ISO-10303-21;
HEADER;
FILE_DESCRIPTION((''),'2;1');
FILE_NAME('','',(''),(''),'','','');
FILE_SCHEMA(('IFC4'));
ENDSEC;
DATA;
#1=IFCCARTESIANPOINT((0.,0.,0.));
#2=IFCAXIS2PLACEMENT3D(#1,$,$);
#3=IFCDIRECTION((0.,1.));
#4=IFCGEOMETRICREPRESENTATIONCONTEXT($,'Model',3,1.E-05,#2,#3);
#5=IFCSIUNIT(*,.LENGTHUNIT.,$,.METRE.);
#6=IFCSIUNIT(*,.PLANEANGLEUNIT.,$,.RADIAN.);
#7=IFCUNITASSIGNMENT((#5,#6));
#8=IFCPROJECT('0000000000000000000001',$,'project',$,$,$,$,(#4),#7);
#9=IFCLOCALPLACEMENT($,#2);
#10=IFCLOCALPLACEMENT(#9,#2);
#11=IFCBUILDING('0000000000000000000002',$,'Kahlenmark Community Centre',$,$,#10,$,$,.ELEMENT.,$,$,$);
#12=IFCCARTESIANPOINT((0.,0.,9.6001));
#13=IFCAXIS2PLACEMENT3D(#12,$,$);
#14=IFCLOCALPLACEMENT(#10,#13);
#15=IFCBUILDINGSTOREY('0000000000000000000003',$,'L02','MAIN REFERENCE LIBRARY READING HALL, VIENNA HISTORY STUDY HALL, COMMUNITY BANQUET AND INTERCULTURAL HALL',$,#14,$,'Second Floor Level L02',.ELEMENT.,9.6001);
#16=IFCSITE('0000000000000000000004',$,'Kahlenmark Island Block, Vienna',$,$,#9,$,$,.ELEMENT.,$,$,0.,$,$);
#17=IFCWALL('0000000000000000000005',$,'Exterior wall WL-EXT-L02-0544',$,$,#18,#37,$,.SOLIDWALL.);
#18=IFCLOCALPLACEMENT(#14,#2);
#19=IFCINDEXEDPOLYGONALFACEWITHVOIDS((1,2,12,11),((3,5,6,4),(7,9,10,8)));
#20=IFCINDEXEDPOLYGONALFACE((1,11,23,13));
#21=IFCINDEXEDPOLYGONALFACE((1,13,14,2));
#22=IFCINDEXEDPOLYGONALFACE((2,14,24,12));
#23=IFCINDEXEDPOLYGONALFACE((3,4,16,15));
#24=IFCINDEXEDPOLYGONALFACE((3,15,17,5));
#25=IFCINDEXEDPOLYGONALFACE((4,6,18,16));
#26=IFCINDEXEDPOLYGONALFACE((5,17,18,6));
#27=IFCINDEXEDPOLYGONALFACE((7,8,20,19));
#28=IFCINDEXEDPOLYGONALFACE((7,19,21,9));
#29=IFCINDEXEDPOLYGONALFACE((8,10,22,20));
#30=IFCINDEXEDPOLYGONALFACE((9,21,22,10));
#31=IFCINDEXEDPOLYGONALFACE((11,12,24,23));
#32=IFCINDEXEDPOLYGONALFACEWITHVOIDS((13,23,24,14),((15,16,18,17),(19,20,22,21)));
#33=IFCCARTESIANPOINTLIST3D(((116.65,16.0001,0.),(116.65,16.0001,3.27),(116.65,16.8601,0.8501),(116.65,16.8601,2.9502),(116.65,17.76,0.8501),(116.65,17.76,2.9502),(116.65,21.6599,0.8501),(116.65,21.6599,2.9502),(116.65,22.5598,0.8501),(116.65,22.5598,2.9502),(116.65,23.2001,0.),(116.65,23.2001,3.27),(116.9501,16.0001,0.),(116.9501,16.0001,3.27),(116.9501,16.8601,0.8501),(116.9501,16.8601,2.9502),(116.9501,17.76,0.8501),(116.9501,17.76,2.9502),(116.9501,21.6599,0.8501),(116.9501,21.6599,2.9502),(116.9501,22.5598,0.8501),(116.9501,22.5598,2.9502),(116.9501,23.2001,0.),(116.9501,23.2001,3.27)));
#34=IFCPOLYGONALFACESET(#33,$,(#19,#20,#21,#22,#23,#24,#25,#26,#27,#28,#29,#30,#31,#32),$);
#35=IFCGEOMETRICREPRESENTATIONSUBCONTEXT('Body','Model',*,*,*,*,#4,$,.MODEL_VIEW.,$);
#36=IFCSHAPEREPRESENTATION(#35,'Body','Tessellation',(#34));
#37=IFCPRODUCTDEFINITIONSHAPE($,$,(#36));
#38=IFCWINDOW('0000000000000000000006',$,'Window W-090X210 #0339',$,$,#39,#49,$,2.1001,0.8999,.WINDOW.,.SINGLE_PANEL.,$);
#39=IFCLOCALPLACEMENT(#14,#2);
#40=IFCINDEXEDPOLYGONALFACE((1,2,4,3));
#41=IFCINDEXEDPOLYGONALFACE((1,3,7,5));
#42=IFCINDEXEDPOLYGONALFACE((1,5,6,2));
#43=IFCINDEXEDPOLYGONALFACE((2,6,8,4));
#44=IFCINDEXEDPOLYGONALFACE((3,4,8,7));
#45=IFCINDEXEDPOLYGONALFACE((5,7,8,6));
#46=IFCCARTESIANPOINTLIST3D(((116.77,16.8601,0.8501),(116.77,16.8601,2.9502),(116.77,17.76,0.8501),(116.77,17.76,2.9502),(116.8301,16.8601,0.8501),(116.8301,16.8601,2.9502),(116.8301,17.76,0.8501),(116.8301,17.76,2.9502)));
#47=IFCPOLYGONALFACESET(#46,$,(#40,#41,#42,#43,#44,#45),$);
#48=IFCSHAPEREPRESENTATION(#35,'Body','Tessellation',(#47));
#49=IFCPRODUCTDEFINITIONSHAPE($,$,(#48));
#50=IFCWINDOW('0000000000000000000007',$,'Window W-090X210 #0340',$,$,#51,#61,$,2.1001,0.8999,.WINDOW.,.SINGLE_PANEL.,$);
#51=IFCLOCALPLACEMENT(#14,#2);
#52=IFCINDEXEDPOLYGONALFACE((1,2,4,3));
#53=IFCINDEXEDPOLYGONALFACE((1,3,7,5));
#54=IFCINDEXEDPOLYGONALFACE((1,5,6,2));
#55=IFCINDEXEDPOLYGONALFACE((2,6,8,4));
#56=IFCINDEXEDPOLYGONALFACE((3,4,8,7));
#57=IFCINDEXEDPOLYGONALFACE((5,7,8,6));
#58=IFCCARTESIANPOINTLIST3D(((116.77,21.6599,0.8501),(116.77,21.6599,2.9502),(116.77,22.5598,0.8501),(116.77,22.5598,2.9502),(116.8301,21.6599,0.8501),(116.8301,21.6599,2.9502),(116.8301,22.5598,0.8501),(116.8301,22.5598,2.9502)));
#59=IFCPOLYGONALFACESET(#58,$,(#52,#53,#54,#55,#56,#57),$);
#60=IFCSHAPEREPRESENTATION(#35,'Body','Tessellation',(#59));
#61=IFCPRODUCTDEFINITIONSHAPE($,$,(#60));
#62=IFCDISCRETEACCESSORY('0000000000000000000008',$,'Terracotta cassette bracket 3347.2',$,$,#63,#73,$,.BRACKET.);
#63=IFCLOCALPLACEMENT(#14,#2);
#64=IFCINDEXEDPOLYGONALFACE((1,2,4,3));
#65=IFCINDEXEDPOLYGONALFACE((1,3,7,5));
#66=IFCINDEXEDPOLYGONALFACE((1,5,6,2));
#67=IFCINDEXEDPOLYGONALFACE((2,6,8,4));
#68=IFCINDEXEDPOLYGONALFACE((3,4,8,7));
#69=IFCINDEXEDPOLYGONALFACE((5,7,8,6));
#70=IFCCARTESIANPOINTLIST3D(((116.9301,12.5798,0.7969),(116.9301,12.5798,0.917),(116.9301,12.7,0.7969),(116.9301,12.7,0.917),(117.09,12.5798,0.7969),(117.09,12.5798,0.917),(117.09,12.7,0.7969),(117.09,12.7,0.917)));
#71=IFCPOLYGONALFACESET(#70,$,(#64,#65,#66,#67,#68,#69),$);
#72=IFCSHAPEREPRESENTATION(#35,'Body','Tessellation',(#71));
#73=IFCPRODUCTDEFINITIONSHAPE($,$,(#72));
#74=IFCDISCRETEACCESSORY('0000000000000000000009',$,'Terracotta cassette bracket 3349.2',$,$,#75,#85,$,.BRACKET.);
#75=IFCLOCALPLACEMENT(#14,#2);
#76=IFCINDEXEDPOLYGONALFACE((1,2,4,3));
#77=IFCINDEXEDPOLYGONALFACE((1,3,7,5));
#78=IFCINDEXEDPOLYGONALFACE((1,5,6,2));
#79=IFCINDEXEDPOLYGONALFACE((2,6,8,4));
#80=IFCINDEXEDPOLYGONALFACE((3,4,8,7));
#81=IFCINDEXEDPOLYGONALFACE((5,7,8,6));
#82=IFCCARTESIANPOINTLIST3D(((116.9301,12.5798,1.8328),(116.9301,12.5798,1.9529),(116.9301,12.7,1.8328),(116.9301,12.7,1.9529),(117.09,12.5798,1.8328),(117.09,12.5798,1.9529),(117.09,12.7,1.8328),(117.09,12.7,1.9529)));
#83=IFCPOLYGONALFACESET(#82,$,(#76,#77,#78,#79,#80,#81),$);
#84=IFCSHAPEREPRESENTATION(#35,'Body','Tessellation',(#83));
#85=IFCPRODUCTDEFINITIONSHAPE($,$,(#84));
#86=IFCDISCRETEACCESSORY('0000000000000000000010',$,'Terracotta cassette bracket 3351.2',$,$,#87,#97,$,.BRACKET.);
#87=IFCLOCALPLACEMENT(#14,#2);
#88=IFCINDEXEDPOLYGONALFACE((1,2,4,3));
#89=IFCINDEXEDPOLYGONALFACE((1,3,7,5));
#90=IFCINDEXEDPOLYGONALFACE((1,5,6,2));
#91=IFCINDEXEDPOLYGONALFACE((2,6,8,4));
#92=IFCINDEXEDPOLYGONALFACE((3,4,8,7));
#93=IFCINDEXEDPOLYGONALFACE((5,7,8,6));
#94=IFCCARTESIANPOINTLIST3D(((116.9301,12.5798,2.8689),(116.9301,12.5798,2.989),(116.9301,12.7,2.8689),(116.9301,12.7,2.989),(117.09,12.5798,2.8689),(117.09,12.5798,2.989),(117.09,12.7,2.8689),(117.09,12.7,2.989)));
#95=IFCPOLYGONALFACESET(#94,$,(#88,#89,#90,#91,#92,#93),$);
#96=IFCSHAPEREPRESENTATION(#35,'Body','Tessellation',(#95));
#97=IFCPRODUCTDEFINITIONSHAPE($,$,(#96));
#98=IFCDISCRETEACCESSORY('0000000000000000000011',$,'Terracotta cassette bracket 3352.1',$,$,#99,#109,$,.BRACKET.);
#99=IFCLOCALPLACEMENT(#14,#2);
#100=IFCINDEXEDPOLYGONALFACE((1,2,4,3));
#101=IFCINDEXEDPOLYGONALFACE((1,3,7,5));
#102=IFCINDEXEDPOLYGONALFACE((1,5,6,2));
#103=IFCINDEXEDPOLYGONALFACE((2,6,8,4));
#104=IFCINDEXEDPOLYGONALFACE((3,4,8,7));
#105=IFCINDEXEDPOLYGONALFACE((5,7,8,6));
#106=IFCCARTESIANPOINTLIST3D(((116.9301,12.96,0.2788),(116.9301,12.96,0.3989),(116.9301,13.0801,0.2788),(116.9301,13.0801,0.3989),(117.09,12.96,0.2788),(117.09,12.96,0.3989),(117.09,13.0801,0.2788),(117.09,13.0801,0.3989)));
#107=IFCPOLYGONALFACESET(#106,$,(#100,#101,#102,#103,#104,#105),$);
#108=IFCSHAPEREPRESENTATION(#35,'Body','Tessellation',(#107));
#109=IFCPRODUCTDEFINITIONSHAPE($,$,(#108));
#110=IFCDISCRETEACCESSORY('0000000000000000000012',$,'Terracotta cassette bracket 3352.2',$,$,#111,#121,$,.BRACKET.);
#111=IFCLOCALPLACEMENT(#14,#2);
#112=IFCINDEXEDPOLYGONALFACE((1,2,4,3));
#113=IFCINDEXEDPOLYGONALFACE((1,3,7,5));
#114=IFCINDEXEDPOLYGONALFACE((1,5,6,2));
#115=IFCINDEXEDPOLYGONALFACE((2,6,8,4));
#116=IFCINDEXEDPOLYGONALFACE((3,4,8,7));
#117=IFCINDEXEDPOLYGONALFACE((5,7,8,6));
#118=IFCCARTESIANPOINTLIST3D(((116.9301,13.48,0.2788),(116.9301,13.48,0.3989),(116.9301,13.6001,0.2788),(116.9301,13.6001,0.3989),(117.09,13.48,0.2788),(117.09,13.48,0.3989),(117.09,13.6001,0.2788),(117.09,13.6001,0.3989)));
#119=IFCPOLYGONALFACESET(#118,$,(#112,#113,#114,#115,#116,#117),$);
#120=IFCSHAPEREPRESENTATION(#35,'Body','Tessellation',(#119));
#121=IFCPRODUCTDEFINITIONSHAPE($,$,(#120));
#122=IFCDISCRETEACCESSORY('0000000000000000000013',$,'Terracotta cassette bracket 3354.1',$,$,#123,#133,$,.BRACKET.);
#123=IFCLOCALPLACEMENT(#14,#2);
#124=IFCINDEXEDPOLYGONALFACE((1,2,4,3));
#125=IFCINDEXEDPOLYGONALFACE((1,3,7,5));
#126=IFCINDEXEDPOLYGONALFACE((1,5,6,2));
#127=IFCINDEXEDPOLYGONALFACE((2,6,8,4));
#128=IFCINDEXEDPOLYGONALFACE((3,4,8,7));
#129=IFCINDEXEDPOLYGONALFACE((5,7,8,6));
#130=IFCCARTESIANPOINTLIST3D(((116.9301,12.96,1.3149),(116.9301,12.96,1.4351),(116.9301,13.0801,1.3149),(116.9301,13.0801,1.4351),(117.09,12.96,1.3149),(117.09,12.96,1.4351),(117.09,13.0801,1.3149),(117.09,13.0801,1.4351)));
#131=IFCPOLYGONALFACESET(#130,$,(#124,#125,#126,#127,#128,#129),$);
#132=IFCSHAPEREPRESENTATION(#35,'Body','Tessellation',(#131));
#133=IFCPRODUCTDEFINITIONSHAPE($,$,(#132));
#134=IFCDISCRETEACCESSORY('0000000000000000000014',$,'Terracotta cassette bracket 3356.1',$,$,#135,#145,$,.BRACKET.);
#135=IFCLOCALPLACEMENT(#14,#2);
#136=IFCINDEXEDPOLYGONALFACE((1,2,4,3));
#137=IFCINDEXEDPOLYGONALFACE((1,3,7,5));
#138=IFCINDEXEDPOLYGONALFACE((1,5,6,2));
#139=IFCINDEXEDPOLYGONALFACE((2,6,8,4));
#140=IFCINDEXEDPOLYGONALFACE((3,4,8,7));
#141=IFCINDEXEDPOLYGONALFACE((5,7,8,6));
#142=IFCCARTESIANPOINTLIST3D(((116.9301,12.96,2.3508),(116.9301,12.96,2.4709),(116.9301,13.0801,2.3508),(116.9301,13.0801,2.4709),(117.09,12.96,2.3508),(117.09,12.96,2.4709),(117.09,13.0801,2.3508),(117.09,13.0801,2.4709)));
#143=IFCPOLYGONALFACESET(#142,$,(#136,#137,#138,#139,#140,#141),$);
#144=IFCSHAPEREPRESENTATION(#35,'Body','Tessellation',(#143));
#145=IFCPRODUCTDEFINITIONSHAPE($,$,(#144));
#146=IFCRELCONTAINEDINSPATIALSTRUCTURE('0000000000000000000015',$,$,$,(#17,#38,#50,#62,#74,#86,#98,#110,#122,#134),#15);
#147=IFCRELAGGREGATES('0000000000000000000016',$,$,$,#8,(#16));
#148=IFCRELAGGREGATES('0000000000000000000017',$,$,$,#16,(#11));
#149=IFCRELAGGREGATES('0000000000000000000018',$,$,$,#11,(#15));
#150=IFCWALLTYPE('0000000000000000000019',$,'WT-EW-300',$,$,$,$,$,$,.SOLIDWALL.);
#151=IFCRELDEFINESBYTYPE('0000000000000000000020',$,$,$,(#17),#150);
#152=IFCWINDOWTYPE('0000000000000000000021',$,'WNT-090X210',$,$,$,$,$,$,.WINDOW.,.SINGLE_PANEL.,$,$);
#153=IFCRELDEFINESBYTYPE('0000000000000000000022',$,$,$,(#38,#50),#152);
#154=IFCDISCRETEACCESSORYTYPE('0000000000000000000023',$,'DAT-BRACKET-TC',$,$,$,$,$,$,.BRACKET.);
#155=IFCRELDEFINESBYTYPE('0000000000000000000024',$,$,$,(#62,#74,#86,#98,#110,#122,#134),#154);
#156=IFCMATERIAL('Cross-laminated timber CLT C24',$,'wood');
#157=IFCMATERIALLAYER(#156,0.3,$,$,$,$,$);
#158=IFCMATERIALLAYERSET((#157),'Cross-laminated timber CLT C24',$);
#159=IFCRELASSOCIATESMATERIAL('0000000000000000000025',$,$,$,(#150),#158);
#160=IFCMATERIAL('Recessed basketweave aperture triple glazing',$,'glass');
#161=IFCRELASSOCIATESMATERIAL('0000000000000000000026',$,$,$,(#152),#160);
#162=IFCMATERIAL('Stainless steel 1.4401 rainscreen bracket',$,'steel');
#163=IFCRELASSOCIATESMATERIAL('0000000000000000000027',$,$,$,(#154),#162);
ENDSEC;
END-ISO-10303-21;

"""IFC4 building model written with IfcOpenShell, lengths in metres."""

from ifc_helpers import new_model, si_unit, direction, frame, frame_2d, origin, origin_2d, place, context, subcontext, project, spatial, rectangle, extrude, material, layer, layer_set, type_object, element, fill, save


model = new_model("IFC4")

# Units and contexts
model_context = context("Model", 3, precision=1e-05, world=origin(), true_north=direction((0.0, 1.0)))
body_context = subcontext(model_context, "Body", "Model", "MODEL_VIEW")
ifc_project = project(units=[si_unit("LENGTHUNIT", "METRE"), si_unit("PLANEANGLEUNIT", "RADIAN")], contexts=[model_context])

# Site, building, storey
site_placement = place(None, origin())
site = spatial("IfcSite", under=ifc_project, at=site_placement, Name="Kahlenmark Island Block, Vienna", CompositionType="ELEMENT", RefElevation=0.0)
building_placement = place(site_placement, origin())
building = spatial("IfcBuilding", under=site, at=building_placement, Name="Kahlenmark Community Centre", CompositionType="ELEMENT")
storey_placement = place(building_placement, frame((0.0, 0.0, 9.6001)))
storey = spatial("IfcBuildingStorey", under=building, at=storey_placement, Name="L02", Description="MAIN REFERENCE LIBRARY READING HALL, VIENNA HISTORY STUDY HALL, COMMUNITY BANQUET AND INTERCULTURAL HALL", LongName="Second Floor Level L02", CompositionType="ELEMENT", Elevation=9.6001)

# Wall, openings, windows
ifc_material_1 = material(Name="Cross-laminated timber CLT C24", Category="wood")
ifc_layer_1 = layer(ifc_material_1, 0.3)
ifc_layer_set_1 = layer_set([ifc_layer_1], Name="Cross-laminated timber CLT C24")
wall_type = type_object("IfcWallType", Name="WT-EW-300", PredefinedType="SOLIDWALL", material=ifc_layer_set_1)
wall_placement = place(storey_placement, frame((116.8, 16.0, 0.0), z_axis=(0.0, 0.0, 1.0), x_axis=(0.0, 1.0, 0.0)))
wall = element("IfcWall", 1, at=wall_placement, inside=storey, type_object=wall_type, Name="Exterior wall WL-EXT-L02-0544", PredefinedType="SOLIDWALL", context=body_context, shape_type="SweptSolid", body=[
    extrude(rectangle(XDim=7.2, YDim=0.3, at=frame_2d((3.6001, 0.0))), origin(), (0.0, 0.0, 1.0), 3.27),
])
opening_1_placement = place(wall_placement, frame((0.8601, 0.0, 0.8501)))
opening_1 = element("IfcOpeningElement", 2, at=opening_1_placement, cuts=wall, PredefinedType="OPENING", context=body_context, shape_type="SweptSolid", body=[
    extrude(rectangle(XDim=0.8999, YDim=2.1001, at=frame_2d((0.45, 1.05))), frame((0.0, 0.1599, 0.0), z_axis=(0.0, -1.0, 0.0), x_axis=(1.0, 0.0, 0.0)), (0.0, 0.0, 1.0), 0.3201),
])
opening_2_placement = place(wall_placement, frame((5.6599, 0.0, 0.8501)))
opening_2 = element("IfcOpeningElement", 3, at=opening_2_placement, cuts=wall, PredefinedType="OPENING", context=body_context, shape_type="SweptSolid", body=[
    extrude(rectangle(XDim=0.8999, YDim=2.1001, at=frame_2d((0.45, 1.05))), frame((0.0, 0.1599, 0.0), z_axis=(0.0, -1.0, 0.0), x_axis=(1.0, 0.0, 0.0)), (0.0, 0.0, 1.0), 0.3201),
])
ifc_material_2 = material(Name="Recessed basketweave aperture triple glazing", Category="glass")
window_type = type_object("IfcWindowType", Name="WNT-090X210", PartitioningType="SINGLE_PANEL", PredefinedType="WINDOW", material=ifc_material_2)
window_1_placement = place(opening_1_placement, origin())
window_1 = element("IfcWindow", 4, at=window_1_placement, inside=storey, type_object=window_type, Name="Window W-090X210 #0339", OverallHeight=2.1001, OverallWidth=0.8999, PartitioningType="SINGLE_PANEL", PredefinedType="WINDOW", context=body_context, shape_type="SweptSolid", body=[
    extrude(rectangle(XDim=0.8999, YDim=2.1001, at=frame_2d((0.45, 1.05))), frame((0.0, 0.03, 0.0), z_axis=(0.0, -1.0, 0.0), x_axis=(1.0, 0.0, 0.0)), (0.0, 0.0, 1.0), 0.0601),
])
fill(opening_1, window_1)
window_2_placement = place(opening_2_placement, origin())
window_2 = element("IfcWindow", 5, at=window_2_placement, inside=storey, type_object=window_type, Name="Window W-090X210 #0340", OverallHeight=2.1001, OverallWidth=0.8999, PartitioningType="SINGLE_PANEL", PredefinedType="WINDOW", context=body_context, shape_type="SweptSolid", body=[
    extrude(rectangle(XDim=0.8999, YDim=2.1001, at=frame_2d((0.45, 1.05))), frame((0.0, 0.03, 0.0), z_axis=(0.0, -1.0, 0.0), x_axis=(1.0, 0.0, 0.0)), (0.0, 0.0, 1.0), 0.0601),
])
fill(opening_2, window_2)

# Discrete accessories
ifc_material_3 = material(Name="Stainless steel 1.4401 rainscreen bracket", Category="steel")
discrete_accessory_type = type_object("IfcDiscreteAccessoryType", Name="DAT-BRACKET-TC", PredefinedType="BRACKET", material=ifc_material_3)
for number, where, z_axis, x_axis, name in (
    (6, (117.01, 12.6399, 0.7969), (0.0, 0.0, 1.0), (0.0, 1.0, 0.0), "Terracotta cassette bracket 3347.2"),
    (7, (117.01, 12.6399, 1.8328), (0.0, 0.0, 1.0), (0.0, 1.0, 0.0), "Terracotta cassette bracket 3349.2"),
    (8, (117.01, 12.6399, 2.8689), (0.0, 0.0, 1.0), (0.0, 1.0, 0.0), "Terracotta cassette bracket 3351.2"),
    (9, (117.01, 13.02, 0.2788), (0.0, 0.0, 1.0), (0.0, 1.0, 0.0), "Terracotta cassette bracket 3352.1"),
    (10, (117.01, 13.54, 0.2788), (0.0, 0.0, 1.0), (0.0, 1.0, 0.0), "Terracotta cassette bracket 3352.2"),
    (11, (117.01, 13.02, 1.3149), (0.0, 0.0, 1.0), (0.0, 1.0, 0.0), "Terracotta cassette bracket 3354.1"),
    (12, (117.01, 13.02, 2.3508), (0.0, 0.0, 1.0), (0.0, 1.0, 0.0), "Terracotta cassette bracket 3356.1"),
):
    element("IfcDiscreteAccessory", number, at=place(storey_placement, frame(where, z_axis=z_axis, x_axis=x_axis)), inside=storey, type_object=discrete_accessory_type, Name=name, PredefinedType="BRACKET", context=body_context, shape_type="SweptSolid", body=[
        extrude(rectangle(XDim=0.1201, YDim=0.1599, at=origin_2d()), origin(), (0.0, 0.0, 1.0), 0.1201),
    ])

save(model, "model.ifc")
